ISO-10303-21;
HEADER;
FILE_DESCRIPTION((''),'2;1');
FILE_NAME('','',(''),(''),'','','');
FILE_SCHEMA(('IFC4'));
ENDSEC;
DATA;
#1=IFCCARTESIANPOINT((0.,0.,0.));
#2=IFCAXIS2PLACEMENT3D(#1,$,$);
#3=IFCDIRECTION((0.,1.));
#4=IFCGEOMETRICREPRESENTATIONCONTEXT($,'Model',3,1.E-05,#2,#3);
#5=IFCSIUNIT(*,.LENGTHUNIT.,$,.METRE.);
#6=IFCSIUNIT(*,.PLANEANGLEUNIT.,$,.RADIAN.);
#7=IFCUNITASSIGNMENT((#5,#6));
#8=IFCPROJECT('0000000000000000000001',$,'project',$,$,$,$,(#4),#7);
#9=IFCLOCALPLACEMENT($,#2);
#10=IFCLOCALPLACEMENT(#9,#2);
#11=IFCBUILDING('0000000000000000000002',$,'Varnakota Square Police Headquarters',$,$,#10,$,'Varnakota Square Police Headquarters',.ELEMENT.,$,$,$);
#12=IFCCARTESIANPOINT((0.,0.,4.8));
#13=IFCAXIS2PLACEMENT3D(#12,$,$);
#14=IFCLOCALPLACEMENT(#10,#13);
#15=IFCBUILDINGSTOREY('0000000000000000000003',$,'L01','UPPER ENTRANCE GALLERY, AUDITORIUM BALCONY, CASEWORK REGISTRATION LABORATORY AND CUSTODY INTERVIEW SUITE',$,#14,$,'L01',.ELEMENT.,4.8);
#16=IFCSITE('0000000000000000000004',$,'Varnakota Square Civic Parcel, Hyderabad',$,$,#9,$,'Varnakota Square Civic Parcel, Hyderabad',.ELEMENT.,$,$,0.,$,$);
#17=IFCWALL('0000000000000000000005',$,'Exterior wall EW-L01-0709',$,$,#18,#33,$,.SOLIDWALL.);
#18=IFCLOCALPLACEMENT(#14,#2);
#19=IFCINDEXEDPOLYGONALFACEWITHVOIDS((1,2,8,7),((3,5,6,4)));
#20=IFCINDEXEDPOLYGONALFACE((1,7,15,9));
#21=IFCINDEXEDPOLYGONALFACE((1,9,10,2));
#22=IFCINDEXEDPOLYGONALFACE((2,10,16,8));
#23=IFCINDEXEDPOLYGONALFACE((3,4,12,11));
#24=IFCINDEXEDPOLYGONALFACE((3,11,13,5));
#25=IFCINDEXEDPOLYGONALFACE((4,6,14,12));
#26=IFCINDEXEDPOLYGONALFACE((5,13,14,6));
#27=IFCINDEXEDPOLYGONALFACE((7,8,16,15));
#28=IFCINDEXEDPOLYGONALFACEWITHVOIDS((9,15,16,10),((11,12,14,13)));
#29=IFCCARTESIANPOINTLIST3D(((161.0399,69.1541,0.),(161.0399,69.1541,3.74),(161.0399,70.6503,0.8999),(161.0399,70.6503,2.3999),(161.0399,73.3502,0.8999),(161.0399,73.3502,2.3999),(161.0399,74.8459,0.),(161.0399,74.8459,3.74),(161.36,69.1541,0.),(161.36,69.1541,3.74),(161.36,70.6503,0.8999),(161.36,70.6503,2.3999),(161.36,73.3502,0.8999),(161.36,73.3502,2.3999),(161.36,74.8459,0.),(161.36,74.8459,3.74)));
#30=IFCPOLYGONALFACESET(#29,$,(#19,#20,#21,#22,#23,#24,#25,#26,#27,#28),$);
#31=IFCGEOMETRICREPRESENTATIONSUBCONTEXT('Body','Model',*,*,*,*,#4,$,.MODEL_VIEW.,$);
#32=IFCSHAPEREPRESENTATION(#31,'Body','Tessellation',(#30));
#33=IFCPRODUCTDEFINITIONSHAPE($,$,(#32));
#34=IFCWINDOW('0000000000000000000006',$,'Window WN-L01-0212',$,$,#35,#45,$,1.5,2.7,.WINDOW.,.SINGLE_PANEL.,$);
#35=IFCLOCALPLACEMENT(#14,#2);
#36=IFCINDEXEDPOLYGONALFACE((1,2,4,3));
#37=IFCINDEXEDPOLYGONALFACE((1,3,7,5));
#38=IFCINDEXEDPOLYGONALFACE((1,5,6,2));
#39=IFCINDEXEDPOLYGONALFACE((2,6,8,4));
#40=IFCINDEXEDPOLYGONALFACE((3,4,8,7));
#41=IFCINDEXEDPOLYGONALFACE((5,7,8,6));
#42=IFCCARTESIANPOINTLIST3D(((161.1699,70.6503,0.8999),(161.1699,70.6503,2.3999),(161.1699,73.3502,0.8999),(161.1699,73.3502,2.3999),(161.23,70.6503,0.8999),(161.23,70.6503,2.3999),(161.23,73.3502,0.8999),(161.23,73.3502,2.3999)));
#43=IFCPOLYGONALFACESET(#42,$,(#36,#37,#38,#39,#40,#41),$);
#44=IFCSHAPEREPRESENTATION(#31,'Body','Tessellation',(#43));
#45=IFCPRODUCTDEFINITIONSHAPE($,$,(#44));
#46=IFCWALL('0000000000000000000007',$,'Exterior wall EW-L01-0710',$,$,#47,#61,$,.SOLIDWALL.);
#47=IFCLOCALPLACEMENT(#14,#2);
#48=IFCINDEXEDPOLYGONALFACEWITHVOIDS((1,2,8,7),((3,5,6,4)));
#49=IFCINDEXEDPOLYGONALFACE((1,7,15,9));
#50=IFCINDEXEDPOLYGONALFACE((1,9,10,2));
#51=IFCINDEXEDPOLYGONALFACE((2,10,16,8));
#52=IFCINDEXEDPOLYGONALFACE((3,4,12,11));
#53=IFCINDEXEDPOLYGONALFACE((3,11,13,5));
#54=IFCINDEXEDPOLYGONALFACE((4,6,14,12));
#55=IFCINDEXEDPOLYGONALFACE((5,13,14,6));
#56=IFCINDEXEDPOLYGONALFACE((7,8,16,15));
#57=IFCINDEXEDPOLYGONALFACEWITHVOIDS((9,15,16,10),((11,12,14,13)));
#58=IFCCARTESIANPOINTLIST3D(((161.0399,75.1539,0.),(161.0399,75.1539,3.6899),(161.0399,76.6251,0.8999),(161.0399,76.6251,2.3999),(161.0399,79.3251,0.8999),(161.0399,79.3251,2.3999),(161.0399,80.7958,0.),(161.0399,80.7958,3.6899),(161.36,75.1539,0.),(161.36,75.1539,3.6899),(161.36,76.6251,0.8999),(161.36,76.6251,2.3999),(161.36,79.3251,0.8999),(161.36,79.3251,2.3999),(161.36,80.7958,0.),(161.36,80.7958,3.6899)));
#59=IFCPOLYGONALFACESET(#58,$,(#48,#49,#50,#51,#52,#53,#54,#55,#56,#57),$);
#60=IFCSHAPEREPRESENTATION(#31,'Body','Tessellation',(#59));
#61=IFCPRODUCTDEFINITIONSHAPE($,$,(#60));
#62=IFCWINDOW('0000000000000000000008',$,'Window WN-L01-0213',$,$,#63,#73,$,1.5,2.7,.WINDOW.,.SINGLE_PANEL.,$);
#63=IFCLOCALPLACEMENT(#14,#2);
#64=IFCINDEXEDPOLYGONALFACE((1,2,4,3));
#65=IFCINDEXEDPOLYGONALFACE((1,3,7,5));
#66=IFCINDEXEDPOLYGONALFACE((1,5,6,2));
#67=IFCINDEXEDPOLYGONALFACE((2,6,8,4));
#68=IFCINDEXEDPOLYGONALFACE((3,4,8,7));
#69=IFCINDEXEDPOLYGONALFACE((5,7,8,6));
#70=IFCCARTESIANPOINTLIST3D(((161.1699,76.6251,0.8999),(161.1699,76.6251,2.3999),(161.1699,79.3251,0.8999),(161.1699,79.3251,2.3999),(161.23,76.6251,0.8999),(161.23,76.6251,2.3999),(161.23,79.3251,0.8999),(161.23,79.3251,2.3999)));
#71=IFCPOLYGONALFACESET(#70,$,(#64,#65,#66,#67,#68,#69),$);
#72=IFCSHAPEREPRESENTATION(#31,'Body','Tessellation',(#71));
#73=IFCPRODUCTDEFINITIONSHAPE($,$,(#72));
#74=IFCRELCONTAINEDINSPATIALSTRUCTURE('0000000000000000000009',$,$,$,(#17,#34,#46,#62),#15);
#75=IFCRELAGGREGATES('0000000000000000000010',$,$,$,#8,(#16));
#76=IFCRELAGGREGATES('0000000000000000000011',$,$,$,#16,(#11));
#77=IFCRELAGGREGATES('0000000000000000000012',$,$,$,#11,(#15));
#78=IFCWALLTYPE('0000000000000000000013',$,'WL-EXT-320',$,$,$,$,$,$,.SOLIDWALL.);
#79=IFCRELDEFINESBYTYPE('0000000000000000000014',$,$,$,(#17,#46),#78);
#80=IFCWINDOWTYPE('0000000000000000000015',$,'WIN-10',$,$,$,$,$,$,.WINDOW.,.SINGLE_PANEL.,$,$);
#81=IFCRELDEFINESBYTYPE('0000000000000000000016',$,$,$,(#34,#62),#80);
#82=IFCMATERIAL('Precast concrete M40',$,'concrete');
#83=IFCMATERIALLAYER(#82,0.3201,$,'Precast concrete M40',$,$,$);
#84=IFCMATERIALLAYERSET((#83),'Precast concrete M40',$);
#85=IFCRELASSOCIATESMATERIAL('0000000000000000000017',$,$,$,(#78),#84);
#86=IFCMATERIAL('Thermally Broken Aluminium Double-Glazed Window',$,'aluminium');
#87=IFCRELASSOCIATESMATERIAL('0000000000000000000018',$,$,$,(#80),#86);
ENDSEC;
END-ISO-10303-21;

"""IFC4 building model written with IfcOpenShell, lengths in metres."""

from ifc_helpers import new_model, si_unit, direction, frame, frame_2d, origin, place, context, subcontext, project, spatial, rectangle, extrude, material, layer, layer_set, type_object, element, fill, save


model = new_model("IFC4")

# Units and contexts
model_context = context("Model", 3, precision=1e-05, world=origin(), true_north=direction((0.0, 1.0)))
body_context = subcontext(model_context, "Body", "Model", "MODEL_VIEW")
ifc_project = project(units=[si_unit("LENGTHUNIT", "METRE"), si_unit("PLANEANGLEUNIT", "RADIAN")], contexts=[model_context])

# Site, building, storey
site_placement = place(None, origin())
site = spatial("IfcSite", under=ifc_project, at=site_placement, Name="Varnakota Square Civic Parcel, Hyderabad", LongName="Varnakota Square Civic Parcel, Hyderabad", CompositionType="ELEMENT", RefElevation=0.0)
building_placement = place(site_placement, origin())
building = spatial("IfcBuilding", under=site, at=building_placement, Name="Varnakota Square Police Headquarters", LongName="Varnakota Square Police Headquarters", CompositionType="ELEMENT")
storey_placement = place(building_placement, frame((0.0, 0.0, 4.8)))
storey = spatial("IfcBuildingStorey", under=building, at=storey_placement, Name="L01", Description="UPPER ENTRANCE GALLERY, AUDITORIUM BALCONY, CASEWORK REGISTRATION LABORATORY AND CUSTODY INTERVIEW SUITE", LongName="L01", CompositionType="ELEMENT", Elevation=4.8)

# Walls, openings, windows
ifc_material_1 = material(Name="Precast concrete M40", Category="concrete")
ifc_material_2 = material(Name="Thermally Broken Aluminium Double-Glazed Window", Category="aluminium")
ifc_layer_1 = layer(ifc_material_1, 0.3201, Name="Precast concrete M40")
ifc_layer_set_1 = layer_set([ifc_layer_1], Name="Precast concrete M40")
wall_type_1 = type_object("IfcWallType", Name="WL-EXT-320", PredefinedType="SOLIDWALL", material=ifc_layer_set_1)
wall_1_placement = place(storey_placement, frame((161.2, 69.1541, 0.0), z_axis=(0.0, 0.0, 1.0), x_axis=(0.0, 1.0, 0.0)))
wall_1 = element("IfcWall", 1, at=wall_1_placement, inside=storey, type_object=wall_type_1, Name="Exterior wall EW-L01-0709", PredefinedType="SOLIDWALL", context=body_context, shape_type="SweptSolid", body=[
    extrude(rectangle(XDim=5.6919, YDim=0.3201, at=frame_2d((2.8459, 0.0))), origin(), (0.0, 0.0, 1.0), 3.74),
])
opening_1_placement = place(wall_1_placement, frame((1.4961, 0.0, 0.8999)))
opening_1 = element("IfcOpeningElement", 2, at=opening_1_placement, cuts=wall_1, PredefinedType="OPENING", context=body_context, shape_type="SweptSolid", body=[
    extrude(rectangle(XDim=2.7, YDim=1.5, at=frame_2d((1.3501, 0.75))), frame((0.0, 0.1699, 0.0), z_axis=(0.0, -1.0, 0.0), x_axis=(1.0, 0.0, 0.0)), (0.0, 0.0, 1.0), 0.3401),
])
window_type_1 = type_object("IfcWindowType", Name="WIN-10", PartitioningType="SINGLE_PANEL", PredefinedType="WINDOW", material=ifc_material_2)
window_1_placement = place(opening_1_placement, origin())
window_1 = element("IfcWindow", 3, at=window_1_placement, inside=storey, type_object=window_type_1, Name="Window WN-L01-0212", OverallHeight=1.5, OverallWidth=2.7, PartitioningType="SINGLE_PANEL", PredefinedType="WINDOW", context=body_context, shape_type="SweptSolid", body=[
    extrude(rectangle(XDim=2.7, YDim=1.5, at=frame_2d((1.3501, 0.75))), frame((0.0, 0.03, 0.0), z_axis=(0.0, -1.0, 0.0), x_axis=(1.0, 0.0, 0.0)), (0.0, 0.0, 1.0), 0.0601),
])
fill(opening_1, window_1)
wall_2_placement = place(storey_placement, frame((161.2, 75.1541, 0.0), z_axis=(0.0, 0.0, 1.0), x_axis=(0.0, 1.0, 0.0)))
wall_2 = element("IfcWall", 4, at=wall_2_placement, inside=storey, type_object=wall_type_1, Name="Exterior wall EW-L01-0710", PredefinedType="SOLIDWALL", context=body_context, shape_type="SweptSolid", body=[
    extrude(rectangle(XDim=5.6418, YDim=0.3201, at=frame_2d((2.8208, 0.0))), origin(), (0.0, 0.0, 1.0), 3.6899),
])
opening_2_placement = place(wall_2_placement, frame((1.4709, 0.0, 0.8999)))
opening_2 = element("IfcOpeningElement", 5, at=opening_2_placement, cuts=wall_2, PredefinedType="OPENING", context=body_context, shape_type="SweptSolid", body=[
    extrude(rectangle(XDim=2.7, YDim=1.5, at=frame_2d((1.3501, 0.75))), frame((0.0, 0.1699, 0.0), z_axis=(0.0, -1.0, 0.0), x_axis=(1.0, 0.0, 0.0)), (0.0, 0.0, 1.0), 0.3401),
])
window_2_placement = place(opening_2_placement, origin())
window_2 = element("IfcWindow", 6, at=window_2_placement, inside=storey, type_object=window_type_1, Name="Window WN-L01-0213", OverallHeight=1.5, OverallWidth=2.7, PartitioningType="SINGLE_PANEL", PredefinedType="WINDOW", context=body_context, shape_type="SweptSolid", body=[
    extrude(rectangle(XDim=2.7, YDim=1.5, at=frame_2d((1.3501, 0.75))), frame((0.0, 0.03, 0.0), z_axis=(0.0, -1.0, 0.0), x_axis=(1.0, 0.0, 0.0)), (0.0, 0.0, 1.0), 0.0601),
])
fill(opening_2, window_2)

save(model, "model.ifc")
